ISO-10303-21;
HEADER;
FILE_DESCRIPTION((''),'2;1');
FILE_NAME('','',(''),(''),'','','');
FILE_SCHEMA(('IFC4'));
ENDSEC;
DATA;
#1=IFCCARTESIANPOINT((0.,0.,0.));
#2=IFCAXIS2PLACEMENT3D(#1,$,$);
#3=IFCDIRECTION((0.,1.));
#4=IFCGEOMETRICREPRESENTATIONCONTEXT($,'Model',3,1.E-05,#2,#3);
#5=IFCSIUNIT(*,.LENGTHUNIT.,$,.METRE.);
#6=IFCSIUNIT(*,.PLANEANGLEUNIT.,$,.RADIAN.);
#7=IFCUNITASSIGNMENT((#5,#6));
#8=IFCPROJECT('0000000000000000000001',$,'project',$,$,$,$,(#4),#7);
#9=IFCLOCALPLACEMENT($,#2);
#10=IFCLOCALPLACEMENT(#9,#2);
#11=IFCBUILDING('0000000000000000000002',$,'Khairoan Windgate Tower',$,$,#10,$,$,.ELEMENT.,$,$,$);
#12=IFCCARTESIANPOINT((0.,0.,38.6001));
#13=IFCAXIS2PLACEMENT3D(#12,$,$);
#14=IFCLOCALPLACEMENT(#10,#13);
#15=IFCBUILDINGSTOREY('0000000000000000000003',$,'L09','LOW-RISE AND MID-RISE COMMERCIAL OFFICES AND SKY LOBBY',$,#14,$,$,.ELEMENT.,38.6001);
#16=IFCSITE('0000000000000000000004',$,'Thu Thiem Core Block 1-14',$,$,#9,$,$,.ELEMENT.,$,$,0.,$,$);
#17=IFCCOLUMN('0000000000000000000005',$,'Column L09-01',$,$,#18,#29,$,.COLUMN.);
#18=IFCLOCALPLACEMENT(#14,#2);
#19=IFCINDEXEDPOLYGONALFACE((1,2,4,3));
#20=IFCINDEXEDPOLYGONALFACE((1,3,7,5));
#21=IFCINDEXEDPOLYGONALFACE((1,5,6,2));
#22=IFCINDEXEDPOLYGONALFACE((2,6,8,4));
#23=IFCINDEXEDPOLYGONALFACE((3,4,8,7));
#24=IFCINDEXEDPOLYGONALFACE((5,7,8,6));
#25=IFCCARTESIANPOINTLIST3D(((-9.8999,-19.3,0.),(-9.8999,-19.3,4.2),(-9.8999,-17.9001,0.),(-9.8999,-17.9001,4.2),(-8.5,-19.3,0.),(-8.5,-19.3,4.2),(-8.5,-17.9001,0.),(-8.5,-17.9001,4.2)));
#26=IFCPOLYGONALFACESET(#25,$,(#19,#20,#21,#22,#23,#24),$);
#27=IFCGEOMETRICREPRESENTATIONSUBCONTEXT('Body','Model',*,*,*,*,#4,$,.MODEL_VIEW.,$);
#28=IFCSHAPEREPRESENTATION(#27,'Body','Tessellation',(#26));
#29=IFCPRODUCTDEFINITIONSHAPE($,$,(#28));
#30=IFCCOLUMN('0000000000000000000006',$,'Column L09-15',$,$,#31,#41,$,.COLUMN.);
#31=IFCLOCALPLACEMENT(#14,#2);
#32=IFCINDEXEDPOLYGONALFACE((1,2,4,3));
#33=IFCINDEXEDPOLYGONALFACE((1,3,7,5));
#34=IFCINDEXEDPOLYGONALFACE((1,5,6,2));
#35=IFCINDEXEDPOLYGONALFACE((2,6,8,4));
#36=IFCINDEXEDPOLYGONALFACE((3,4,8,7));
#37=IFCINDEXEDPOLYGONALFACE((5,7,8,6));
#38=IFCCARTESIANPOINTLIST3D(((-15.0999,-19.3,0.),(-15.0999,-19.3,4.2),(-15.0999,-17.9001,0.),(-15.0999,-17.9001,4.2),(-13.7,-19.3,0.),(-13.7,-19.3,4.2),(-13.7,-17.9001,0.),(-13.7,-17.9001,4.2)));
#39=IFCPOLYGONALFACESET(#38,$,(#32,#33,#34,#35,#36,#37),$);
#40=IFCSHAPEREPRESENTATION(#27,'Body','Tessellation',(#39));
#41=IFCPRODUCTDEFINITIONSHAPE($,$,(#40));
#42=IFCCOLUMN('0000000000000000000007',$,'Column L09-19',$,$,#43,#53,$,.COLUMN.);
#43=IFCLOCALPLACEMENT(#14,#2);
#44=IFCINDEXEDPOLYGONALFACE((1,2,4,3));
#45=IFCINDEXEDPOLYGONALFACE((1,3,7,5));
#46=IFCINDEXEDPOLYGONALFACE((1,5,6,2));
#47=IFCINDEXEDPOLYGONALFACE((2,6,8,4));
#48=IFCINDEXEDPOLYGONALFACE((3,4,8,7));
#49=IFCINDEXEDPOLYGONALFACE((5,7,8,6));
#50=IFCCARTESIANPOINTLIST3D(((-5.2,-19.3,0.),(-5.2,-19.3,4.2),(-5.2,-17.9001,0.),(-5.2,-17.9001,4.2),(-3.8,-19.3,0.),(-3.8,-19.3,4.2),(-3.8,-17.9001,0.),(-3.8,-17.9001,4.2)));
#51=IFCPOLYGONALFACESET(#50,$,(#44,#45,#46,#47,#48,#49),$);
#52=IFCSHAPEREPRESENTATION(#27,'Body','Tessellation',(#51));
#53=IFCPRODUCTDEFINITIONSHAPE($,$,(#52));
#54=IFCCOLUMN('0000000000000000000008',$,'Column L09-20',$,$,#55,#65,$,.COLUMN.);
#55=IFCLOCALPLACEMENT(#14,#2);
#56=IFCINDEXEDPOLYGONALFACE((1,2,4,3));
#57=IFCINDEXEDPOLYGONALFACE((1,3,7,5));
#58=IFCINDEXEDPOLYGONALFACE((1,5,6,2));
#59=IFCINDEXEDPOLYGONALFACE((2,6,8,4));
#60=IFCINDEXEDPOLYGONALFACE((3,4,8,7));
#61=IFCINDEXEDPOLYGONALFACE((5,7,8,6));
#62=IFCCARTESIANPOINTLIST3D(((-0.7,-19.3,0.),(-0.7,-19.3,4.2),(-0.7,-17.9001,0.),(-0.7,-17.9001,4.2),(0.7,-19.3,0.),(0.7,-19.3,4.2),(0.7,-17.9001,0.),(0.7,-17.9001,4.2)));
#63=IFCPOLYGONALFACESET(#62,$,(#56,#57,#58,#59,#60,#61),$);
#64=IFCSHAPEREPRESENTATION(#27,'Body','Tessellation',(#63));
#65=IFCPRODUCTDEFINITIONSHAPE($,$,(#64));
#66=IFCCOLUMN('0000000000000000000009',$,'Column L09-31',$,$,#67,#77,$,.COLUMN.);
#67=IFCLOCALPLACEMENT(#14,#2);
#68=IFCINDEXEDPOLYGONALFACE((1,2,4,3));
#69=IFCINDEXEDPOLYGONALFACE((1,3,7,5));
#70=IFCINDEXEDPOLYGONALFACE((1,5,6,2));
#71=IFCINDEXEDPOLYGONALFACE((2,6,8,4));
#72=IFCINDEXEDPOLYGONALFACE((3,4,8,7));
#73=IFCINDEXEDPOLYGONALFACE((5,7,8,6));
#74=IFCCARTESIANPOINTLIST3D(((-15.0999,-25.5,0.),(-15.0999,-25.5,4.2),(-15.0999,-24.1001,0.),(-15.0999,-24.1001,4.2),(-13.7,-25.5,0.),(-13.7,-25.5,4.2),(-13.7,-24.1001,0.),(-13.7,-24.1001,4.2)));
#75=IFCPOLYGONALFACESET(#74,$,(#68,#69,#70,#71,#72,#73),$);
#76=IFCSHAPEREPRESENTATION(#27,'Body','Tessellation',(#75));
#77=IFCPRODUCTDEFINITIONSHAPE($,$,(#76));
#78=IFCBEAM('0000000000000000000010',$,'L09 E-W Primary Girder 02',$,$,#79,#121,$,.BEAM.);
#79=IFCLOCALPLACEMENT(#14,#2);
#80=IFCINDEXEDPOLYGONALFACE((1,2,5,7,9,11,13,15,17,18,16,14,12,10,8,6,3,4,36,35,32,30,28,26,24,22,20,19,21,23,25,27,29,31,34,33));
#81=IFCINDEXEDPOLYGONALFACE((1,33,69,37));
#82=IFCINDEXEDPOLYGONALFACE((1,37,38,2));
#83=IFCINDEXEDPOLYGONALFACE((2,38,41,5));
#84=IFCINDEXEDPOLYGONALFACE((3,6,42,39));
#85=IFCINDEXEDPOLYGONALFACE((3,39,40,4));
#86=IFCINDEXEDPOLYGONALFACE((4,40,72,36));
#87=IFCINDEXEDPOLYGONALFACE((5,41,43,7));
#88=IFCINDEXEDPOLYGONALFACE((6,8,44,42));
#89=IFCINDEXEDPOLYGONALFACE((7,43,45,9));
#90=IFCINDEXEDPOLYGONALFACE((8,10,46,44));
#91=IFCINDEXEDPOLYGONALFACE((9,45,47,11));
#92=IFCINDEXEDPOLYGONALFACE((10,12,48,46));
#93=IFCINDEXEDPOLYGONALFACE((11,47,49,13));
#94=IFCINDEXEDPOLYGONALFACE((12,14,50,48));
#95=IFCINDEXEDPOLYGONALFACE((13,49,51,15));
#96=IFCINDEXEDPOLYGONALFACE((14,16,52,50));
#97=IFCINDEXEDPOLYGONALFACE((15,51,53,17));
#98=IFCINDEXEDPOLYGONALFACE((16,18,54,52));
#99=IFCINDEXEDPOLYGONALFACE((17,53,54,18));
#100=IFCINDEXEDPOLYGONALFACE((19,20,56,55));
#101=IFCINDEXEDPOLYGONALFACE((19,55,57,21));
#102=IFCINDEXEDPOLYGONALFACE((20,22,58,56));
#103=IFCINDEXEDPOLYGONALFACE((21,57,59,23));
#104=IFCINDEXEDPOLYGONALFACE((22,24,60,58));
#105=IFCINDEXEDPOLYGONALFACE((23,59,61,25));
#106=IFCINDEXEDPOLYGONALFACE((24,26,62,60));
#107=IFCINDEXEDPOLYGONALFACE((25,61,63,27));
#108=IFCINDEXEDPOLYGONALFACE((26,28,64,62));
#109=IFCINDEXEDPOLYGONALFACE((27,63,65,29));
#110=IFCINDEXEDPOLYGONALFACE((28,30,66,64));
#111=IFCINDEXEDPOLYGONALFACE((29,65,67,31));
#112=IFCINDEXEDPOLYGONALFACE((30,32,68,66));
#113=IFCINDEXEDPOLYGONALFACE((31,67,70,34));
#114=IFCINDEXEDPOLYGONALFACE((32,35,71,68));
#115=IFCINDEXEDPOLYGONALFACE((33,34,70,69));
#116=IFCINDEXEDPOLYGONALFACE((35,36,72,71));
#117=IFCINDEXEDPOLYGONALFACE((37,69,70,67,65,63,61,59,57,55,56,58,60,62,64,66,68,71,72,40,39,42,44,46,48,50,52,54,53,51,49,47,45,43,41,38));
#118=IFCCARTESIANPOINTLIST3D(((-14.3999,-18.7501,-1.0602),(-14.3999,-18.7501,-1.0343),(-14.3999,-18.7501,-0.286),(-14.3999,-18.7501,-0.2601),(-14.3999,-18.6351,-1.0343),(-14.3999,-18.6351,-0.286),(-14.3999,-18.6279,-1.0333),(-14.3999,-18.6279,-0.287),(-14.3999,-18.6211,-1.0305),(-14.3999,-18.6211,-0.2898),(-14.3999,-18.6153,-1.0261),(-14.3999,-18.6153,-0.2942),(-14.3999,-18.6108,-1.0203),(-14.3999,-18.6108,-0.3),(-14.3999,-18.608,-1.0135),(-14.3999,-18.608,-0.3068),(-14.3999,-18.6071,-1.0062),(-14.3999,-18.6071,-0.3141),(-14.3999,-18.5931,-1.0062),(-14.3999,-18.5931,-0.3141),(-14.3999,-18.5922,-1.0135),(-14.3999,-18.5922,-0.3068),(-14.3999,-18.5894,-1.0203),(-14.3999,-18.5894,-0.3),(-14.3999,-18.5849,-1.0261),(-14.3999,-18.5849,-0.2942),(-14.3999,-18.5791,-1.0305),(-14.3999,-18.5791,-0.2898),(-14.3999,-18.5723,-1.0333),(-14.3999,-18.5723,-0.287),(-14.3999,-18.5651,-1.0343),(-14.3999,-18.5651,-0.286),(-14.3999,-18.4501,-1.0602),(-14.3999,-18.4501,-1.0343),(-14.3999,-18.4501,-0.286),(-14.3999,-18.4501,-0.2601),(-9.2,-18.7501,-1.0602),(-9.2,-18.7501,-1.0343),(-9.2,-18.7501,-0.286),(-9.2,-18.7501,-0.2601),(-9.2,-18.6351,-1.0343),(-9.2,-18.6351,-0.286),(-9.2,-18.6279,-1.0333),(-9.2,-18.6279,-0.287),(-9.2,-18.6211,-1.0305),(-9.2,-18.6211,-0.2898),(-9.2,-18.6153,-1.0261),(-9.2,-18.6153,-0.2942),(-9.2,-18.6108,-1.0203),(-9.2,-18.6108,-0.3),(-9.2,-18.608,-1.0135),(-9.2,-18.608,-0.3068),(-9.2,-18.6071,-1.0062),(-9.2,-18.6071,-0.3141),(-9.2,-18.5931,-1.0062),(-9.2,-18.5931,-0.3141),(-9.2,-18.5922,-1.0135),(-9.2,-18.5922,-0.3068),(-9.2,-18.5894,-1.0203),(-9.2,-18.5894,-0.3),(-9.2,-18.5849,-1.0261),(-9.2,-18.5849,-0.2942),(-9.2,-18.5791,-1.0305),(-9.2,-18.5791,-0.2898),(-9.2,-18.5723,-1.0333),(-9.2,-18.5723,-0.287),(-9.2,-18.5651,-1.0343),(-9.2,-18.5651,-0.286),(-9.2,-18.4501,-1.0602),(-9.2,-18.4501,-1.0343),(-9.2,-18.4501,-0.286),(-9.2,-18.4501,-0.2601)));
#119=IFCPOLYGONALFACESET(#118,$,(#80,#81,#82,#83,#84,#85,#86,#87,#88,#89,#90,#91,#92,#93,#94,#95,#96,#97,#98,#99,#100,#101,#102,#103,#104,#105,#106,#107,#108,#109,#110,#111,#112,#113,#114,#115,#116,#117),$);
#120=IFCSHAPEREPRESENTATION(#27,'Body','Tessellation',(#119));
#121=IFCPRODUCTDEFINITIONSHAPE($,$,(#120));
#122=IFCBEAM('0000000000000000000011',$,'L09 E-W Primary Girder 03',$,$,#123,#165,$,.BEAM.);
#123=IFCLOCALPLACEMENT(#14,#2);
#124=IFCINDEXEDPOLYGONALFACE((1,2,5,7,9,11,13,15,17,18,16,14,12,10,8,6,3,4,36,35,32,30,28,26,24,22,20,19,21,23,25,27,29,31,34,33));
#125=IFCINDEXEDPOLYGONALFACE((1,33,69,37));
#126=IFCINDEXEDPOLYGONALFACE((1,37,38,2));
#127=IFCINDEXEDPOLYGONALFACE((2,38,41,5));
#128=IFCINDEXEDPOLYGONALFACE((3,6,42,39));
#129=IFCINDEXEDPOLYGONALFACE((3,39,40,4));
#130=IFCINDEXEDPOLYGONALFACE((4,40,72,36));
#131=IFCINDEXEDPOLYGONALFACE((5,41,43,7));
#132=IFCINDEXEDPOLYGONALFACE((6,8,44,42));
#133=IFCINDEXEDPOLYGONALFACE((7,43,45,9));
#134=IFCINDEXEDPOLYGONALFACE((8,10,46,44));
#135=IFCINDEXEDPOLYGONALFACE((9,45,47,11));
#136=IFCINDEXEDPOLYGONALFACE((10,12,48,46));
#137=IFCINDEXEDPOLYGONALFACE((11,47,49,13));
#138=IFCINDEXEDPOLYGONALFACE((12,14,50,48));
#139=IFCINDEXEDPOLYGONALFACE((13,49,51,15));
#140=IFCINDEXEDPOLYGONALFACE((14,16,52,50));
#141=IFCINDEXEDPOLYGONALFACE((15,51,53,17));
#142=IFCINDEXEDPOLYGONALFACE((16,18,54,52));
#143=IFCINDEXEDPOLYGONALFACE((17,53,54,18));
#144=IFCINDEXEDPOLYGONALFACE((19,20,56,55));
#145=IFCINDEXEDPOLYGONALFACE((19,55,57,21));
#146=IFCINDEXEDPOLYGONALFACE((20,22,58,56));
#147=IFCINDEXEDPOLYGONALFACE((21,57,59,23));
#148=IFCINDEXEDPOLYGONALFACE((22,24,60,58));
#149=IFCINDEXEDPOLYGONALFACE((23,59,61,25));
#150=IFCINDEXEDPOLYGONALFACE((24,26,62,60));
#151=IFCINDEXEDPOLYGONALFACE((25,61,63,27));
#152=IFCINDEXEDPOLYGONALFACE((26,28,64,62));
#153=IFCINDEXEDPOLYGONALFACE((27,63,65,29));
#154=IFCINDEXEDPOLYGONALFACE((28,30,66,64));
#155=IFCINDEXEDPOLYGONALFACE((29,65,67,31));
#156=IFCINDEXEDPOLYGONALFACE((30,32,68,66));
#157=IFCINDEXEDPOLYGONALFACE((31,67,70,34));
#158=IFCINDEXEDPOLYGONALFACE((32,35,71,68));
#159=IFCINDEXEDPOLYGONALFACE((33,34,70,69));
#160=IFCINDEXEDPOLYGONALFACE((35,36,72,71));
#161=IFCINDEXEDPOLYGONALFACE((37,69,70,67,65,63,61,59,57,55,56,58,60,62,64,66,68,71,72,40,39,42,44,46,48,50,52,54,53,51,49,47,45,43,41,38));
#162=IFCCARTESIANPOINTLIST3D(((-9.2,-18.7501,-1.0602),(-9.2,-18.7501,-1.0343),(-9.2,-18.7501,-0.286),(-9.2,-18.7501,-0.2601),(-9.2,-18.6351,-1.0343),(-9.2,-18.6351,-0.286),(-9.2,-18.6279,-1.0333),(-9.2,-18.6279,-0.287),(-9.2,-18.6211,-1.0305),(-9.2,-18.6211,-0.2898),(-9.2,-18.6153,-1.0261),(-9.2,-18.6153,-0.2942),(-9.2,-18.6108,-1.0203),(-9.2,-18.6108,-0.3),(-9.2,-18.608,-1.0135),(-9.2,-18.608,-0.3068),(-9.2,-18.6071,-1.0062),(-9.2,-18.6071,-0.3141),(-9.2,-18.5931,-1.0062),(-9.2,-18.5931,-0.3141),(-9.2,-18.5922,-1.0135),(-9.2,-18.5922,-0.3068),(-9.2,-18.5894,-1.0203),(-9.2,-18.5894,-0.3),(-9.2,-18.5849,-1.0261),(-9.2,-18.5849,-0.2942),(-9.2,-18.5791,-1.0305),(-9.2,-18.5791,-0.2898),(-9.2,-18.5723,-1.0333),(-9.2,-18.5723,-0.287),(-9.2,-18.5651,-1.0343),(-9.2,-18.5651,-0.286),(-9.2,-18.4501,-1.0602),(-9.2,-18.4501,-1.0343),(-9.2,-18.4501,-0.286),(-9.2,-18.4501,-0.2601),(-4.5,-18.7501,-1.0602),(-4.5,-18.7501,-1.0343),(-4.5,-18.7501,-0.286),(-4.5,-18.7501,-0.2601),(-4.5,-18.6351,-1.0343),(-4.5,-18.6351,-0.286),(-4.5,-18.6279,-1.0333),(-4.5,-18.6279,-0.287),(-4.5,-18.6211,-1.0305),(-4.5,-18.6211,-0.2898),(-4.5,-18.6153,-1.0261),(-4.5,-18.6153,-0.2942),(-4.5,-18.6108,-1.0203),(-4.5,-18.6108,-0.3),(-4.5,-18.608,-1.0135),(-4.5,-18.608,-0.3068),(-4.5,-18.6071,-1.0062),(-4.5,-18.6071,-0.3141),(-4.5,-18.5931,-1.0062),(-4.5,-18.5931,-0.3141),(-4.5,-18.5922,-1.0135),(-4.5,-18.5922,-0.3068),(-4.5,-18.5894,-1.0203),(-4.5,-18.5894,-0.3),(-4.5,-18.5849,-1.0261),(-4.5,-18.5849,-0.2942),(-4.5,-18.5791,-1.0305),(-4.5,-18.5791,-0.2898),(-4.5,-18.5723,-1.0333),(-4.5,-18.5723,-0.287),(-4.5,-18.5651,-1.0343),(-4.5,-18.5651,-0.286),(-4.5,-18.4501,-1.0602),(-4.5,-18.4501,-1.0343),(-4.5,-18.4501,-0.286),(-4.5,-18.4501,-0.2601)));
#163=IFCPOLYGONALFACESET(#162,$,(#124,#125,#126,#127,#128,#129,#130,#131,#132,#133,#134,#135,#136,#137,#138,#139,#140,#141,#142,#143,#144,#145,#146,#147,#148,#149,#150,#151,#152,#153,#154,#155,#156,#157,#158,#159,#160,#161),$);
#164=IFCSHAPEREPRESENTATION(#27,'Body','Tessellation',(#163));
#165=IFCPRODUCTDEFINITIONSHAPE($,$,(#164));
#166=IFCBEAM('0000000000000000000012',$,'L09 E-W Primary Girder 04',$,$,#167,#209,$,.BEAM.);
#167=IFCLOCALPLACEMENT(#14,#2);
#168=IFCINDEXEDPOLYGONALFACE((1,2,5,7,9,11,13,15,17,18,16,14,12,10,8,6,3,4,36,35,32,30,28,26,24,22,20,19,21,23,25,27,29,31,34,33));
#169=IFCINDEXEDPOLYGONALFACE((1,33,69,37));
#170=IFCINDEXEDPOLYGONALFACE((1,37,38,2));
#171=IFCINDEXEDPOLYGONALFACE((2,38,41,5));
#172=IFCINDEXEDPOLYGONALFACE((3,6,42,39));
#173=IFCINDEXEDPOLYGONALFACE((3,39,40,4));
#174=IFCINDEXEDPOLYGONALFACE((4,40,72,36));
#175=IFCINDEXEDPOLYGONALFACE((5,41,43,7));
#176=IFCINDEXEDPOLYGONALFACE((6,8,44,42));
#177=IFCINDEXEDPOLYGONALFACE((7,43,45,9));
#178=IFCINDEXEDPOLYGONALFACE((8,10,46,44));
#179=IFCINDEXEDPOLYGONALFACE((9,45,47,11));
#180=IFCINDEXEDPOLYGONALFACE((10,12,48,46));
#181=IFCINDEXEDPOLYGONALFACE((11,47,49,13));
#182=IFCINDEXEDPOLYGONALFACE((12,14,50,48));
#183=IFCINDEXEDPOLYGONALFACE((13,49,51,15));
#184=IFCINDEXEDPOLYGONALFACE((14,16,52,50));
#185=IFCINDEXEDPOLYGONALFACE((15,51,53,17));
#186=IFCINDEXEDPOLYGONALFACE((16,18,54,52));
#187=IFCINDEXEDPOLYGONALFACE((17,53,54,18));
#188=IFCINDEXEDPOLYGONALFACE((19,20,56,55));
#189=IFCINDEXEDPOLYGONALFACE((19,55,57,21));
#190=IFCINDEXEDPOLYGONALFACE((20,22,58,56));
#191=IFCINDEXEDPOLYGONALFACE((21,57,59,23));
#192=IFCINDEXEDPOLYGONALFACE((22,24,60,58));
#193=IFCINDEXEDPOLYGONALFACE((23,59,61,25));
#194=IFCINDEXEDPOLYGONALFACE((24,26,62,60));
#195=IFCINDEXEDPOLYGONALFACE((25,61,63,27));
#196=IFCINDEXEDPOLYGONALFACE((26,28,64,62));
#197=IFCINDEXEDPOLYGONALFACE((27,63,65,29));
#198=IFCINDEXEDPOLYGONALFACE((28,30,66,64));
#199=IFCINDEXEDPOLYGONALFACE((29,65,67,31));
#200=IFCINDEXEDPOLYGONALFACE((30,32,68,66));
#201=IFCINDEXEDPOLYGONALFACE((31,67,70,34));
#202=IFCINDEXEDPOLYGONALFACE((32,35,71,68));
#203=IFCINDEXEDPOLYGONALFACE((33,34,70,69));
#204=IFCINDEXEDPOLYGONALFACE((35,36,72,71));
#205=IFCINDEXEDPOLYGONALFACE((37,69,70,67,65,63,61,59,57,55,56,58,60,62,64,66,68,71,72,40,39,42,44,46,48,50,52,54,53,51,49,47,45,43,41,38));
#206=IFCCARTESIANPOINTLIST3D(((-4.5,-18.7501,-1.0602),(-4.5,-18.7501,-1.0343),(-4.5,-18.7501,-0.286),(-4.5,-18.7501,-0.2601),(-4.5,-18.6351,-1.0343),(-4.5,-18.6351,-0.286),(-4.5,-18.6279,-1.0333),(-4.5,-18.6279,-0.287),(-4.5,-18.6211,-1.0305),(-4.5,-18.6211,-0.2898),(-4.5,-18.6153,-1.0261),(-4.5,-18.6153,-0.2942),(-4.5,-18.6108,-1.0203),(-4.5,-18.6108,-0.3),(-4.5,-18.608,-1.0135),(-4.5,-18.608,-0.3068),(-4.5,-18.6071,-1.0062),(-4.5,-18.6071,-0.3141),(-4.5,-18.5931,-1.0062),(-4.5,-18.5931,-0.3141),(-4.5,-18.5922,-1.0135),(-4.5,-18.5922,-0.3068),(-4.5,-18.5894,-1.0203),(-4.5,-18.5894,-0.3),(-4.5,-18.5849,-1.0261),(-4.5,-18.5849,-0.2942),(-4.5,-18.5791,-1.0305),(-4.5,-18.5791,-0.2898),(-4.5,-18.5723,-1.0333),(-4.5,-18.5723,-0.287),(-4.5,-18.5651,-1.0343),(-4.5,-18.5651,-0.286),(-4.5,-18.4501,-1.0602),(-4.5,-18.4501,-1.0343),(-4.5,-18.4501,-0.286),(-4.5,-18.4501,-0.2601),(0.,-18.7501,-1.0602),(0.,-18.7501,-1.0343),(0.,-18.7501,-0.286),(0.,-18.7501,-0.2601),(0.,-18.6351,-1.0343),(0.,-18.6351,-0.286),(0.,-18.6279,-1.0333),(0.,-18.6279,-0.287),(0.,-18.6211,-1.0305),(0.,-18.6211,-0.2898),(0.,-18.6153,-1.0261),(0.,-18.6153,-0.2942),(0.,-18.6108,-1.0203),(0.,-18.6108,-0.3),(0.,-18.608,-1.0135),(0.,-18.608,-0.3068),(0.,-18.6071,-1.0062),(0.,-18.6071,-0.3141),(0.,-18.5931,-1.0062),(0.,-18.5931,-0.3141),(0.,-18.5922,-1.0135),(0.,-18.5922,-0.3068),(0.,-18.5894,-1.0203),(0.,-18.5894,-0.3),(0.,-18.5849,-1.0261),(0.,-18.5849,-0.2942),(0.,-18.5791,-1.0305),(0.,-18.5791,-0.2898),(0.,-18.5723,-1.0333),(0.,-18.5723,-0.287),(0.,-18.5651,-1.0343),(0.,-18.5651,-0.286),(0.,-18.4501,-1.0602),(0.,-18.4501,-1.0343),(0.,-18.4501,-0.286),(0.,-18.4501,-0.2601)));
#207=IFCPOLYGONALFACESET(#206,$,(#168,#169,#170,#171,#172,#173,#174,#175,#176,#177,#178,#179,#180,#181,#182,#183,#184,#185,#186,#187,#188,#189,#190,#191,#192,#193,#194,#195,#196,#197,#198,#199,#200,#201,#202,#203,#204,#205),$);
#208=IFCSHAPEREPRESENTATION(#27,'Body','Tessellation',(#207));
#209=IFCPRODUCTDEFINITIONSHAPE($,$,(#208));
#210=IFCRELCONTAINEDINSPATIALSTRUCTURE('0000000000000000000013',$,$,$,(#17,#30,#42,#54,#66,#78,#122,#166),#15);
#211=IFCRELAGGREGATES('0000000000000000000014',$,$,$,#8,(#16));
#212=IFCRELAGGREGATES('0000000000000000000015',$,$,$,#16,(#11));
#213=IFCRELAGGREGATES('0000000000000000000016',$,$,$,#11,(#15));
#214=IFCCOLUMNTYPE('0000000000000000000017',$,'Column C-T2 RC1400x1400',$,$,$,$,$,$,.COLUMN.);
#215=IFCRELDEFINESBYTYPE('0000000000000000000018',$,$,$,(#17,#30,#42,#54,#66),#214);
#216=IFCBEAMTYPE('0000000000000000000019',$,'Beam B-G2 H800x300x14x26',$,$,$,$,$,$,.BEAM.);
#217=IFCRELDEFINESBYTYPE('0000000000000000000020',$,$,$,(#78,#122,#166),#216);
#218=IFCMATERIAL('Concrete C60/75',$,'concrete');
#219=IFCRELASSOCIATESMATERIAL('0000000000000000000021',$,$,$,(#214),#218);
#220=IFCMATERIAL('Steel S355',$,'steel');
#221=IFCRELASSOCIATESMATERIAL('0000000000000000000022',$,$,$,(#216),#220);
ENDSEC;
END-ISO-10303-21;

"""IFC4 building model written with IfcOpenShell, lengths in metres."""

from ifc_helpers import new_model, si_unit, direction, frame, origin, origin_2d, place, context, subcontext, project, spatial, rectangle, i_section, extrude, material, material_profile, profile_set, type_object, element, save


model = new_model("IFC4")

# Units and contexts
model_context = context("Model", 3, precision=1e-05, world=origin(), true_north=direction((0.0, 1.0)))
body_context = subcontext(model_context, "Body", "Model", "MODEL_VIEW")
ifc_project = project(units=[si_unit("LENGTHUNIT", "METRE"), si_unit("PLANEANGLEUNIT", "RADIAN")], contexts=[model_context])

# Site, building, storey
site_placement = place(None, origin())
site = spatial("IfcSite", under=ifc_project, at=site_placement, Name="Thu Thiem Core Block 1-14", CompositionType="ELEMENT", RefElevation=0.0)
building_placement = place(site_placement, origin())
building = spatial("IfcBuilding", under=site, at=building_placement, Name="Khairoan Windgate Tower", CompositionType="ELEMENT")
storey_placement = place(building_placement, frame((0.0, 0.0, 38.6001)))
storey = spatial("IfcBuildingStorey", under=building, at=storey_placement, Name="L09", Description="LOW-RISE AND MID-RISE COMMERCIAL OFFICES AND SKY LOBBY", CompositionType="ELEMENT", Elevation=38.6001)

# Columns
ifc_material_1 = material(Name="Concrete C60/75", Category="concrete")
ifc_material_profile_1 = material_profile(ifc_material_1, rectangle(XDim=1.3999, YDim=1.3999, at=origin_2d()))
ifc_profile_set_1 = profile_set([ifc_material_profile_1], Name="Concrete C60/75")
column_type = type_object("IfcColumnType", Name="Column C-T2 RC1400x1400", PredefinedType="COLUMN", material=ifc_profile_set_1)
for number, where, z_axis, x_axis, name in (
    (1, (-9.2, -18.6001, 0.0), (0.0, 0.0, 1.0), (1.0, 0.0, 0.0), "Column L09-01"),
    (2, (-14.3999, -18.6001, 0.0), (0.0, 0.0, 1.0), (1.0, 0.0, 0.0), "Column L09-15"),
    (3, (-4.5, -18.6001, 0.0), (0.0, 0.0, 1.0), (1.0, 0.0, 0.0), "Column L09-19"),
    (4, (0.0, -18.6001, 0.0), (0.0, 0.0, 1.0), (1.0, 0.0, 0.0), "Column L09-20"),
    (5, (-14.3999, -24.8, 0.0), (0.0, 0.0, 1.0), (1.0, 0.0, 0.0), "Column L09-31"),
):
    element("IfcColumn", number, at=place(storey_placement, frame(where, z_axis=z_axis, x_axis=x_axis)), inside=storey, type_object=column_type, Name=name, PredefinedType="COLUMN", context=body_context, shape_type="SweptSolid", body=[
        extrude(rectangle(XDim=1.3999, YDim=1.3999, at=origin_2d()), origin(), (0.0, 0.0, 1.0), 4.2),
    ])

# Beams
ifc_material_2 = material(Name="Steel S355", Category="steel")
ifc_material_profile_2 = material_profile(ifc_material_2, i_section(OverallWidth=0.3, OverallDepth=0.8, WebThickness=0.0139, FlangeThickness=0.0259, FilletRadius=0.0281, at=origin_2d()))
ifc_profile_set_2 = profile_set([ifc_material_profile_2], Name="Steel S355")
beam_type_1 = type_object("IfcBeamType", Name="Beam B-G2 H800x300x14x26", PredefinedType="BEAM", material=ifc_profile_set_2)
beam_1_placement = place(storey_placement, frame((-14.3999, -18.6001, -0.6602), z_axis=(1.0, 0.0, 0.0), x_axis=(0.0, 1.0, 0.0)))
element("IfcBeam", 6, at=beam_1_placement, inside=storey, type_object=beam_type_1, Name="L09 E-W Primary Girder 02", PredefinedType="BEAM", context=body_context, shape_type="SweptSolid", body=[
    extrude(i_section(OverallWidth=0.3, OverallDepth=0.8, WebThickness=0.0139, FlangeThickness=0.0259, FilletRadius=0.0281, at=origin_2d()), origin(), (0.0, 0.0, 1.0), 5.2),
])
beam_2_placement = place(storey_placement, frame((-9.2, -18.6001, -0.6602), z_axis=(1.0, 0.0, 0.0), x_axis=(0.0, 1.0, 0.0)))
element("IfcBeam", 7, at=beam_2_placement, inside=storey, type_object=beam_type_1, Name="L09 E-W Primary Girder 03", PredefinedType="BEAM", context=body_context, shape_type="SweptSolid", body=[
    extrude(i_section(OverallWidth=0.3, OverallDepth=0.8, WebThickness=0.0139, FlangeThickness=0.0259, FilletRadius=0.0281, at=origin_2d()), origin(), (0.0, 0.0, 1.0), 4.7),
])
for number, where, z_axis, x_axis, name in (
    (8, (-4.5, -18.6001, -0.6602), (1.0, 0.0, 0.0), (0.0, 1.0, 0.0), "L09 E-W Primary Girder 04"),
):
    element("IfcBeam", number, at=place(storey_placement, frame(where, z_axis=z_axis, x_axis=x_axis)), inside=storey, type_object=beam_type_1, Name=name, PredefinedType="BEAM", context=body_context, shape_type="SweptSolid", body=[
        extrude(i_section(OverallWidth=0.3, OverallDepth=0.8, WebThickness=0.0139, FlangeThickness=0.0259, FilletRadius=0.0281, at=origin_2d()), origin(), (0.0, 0.0, 1.0), 4.5),
    ])

save(model, "model.ifc")
